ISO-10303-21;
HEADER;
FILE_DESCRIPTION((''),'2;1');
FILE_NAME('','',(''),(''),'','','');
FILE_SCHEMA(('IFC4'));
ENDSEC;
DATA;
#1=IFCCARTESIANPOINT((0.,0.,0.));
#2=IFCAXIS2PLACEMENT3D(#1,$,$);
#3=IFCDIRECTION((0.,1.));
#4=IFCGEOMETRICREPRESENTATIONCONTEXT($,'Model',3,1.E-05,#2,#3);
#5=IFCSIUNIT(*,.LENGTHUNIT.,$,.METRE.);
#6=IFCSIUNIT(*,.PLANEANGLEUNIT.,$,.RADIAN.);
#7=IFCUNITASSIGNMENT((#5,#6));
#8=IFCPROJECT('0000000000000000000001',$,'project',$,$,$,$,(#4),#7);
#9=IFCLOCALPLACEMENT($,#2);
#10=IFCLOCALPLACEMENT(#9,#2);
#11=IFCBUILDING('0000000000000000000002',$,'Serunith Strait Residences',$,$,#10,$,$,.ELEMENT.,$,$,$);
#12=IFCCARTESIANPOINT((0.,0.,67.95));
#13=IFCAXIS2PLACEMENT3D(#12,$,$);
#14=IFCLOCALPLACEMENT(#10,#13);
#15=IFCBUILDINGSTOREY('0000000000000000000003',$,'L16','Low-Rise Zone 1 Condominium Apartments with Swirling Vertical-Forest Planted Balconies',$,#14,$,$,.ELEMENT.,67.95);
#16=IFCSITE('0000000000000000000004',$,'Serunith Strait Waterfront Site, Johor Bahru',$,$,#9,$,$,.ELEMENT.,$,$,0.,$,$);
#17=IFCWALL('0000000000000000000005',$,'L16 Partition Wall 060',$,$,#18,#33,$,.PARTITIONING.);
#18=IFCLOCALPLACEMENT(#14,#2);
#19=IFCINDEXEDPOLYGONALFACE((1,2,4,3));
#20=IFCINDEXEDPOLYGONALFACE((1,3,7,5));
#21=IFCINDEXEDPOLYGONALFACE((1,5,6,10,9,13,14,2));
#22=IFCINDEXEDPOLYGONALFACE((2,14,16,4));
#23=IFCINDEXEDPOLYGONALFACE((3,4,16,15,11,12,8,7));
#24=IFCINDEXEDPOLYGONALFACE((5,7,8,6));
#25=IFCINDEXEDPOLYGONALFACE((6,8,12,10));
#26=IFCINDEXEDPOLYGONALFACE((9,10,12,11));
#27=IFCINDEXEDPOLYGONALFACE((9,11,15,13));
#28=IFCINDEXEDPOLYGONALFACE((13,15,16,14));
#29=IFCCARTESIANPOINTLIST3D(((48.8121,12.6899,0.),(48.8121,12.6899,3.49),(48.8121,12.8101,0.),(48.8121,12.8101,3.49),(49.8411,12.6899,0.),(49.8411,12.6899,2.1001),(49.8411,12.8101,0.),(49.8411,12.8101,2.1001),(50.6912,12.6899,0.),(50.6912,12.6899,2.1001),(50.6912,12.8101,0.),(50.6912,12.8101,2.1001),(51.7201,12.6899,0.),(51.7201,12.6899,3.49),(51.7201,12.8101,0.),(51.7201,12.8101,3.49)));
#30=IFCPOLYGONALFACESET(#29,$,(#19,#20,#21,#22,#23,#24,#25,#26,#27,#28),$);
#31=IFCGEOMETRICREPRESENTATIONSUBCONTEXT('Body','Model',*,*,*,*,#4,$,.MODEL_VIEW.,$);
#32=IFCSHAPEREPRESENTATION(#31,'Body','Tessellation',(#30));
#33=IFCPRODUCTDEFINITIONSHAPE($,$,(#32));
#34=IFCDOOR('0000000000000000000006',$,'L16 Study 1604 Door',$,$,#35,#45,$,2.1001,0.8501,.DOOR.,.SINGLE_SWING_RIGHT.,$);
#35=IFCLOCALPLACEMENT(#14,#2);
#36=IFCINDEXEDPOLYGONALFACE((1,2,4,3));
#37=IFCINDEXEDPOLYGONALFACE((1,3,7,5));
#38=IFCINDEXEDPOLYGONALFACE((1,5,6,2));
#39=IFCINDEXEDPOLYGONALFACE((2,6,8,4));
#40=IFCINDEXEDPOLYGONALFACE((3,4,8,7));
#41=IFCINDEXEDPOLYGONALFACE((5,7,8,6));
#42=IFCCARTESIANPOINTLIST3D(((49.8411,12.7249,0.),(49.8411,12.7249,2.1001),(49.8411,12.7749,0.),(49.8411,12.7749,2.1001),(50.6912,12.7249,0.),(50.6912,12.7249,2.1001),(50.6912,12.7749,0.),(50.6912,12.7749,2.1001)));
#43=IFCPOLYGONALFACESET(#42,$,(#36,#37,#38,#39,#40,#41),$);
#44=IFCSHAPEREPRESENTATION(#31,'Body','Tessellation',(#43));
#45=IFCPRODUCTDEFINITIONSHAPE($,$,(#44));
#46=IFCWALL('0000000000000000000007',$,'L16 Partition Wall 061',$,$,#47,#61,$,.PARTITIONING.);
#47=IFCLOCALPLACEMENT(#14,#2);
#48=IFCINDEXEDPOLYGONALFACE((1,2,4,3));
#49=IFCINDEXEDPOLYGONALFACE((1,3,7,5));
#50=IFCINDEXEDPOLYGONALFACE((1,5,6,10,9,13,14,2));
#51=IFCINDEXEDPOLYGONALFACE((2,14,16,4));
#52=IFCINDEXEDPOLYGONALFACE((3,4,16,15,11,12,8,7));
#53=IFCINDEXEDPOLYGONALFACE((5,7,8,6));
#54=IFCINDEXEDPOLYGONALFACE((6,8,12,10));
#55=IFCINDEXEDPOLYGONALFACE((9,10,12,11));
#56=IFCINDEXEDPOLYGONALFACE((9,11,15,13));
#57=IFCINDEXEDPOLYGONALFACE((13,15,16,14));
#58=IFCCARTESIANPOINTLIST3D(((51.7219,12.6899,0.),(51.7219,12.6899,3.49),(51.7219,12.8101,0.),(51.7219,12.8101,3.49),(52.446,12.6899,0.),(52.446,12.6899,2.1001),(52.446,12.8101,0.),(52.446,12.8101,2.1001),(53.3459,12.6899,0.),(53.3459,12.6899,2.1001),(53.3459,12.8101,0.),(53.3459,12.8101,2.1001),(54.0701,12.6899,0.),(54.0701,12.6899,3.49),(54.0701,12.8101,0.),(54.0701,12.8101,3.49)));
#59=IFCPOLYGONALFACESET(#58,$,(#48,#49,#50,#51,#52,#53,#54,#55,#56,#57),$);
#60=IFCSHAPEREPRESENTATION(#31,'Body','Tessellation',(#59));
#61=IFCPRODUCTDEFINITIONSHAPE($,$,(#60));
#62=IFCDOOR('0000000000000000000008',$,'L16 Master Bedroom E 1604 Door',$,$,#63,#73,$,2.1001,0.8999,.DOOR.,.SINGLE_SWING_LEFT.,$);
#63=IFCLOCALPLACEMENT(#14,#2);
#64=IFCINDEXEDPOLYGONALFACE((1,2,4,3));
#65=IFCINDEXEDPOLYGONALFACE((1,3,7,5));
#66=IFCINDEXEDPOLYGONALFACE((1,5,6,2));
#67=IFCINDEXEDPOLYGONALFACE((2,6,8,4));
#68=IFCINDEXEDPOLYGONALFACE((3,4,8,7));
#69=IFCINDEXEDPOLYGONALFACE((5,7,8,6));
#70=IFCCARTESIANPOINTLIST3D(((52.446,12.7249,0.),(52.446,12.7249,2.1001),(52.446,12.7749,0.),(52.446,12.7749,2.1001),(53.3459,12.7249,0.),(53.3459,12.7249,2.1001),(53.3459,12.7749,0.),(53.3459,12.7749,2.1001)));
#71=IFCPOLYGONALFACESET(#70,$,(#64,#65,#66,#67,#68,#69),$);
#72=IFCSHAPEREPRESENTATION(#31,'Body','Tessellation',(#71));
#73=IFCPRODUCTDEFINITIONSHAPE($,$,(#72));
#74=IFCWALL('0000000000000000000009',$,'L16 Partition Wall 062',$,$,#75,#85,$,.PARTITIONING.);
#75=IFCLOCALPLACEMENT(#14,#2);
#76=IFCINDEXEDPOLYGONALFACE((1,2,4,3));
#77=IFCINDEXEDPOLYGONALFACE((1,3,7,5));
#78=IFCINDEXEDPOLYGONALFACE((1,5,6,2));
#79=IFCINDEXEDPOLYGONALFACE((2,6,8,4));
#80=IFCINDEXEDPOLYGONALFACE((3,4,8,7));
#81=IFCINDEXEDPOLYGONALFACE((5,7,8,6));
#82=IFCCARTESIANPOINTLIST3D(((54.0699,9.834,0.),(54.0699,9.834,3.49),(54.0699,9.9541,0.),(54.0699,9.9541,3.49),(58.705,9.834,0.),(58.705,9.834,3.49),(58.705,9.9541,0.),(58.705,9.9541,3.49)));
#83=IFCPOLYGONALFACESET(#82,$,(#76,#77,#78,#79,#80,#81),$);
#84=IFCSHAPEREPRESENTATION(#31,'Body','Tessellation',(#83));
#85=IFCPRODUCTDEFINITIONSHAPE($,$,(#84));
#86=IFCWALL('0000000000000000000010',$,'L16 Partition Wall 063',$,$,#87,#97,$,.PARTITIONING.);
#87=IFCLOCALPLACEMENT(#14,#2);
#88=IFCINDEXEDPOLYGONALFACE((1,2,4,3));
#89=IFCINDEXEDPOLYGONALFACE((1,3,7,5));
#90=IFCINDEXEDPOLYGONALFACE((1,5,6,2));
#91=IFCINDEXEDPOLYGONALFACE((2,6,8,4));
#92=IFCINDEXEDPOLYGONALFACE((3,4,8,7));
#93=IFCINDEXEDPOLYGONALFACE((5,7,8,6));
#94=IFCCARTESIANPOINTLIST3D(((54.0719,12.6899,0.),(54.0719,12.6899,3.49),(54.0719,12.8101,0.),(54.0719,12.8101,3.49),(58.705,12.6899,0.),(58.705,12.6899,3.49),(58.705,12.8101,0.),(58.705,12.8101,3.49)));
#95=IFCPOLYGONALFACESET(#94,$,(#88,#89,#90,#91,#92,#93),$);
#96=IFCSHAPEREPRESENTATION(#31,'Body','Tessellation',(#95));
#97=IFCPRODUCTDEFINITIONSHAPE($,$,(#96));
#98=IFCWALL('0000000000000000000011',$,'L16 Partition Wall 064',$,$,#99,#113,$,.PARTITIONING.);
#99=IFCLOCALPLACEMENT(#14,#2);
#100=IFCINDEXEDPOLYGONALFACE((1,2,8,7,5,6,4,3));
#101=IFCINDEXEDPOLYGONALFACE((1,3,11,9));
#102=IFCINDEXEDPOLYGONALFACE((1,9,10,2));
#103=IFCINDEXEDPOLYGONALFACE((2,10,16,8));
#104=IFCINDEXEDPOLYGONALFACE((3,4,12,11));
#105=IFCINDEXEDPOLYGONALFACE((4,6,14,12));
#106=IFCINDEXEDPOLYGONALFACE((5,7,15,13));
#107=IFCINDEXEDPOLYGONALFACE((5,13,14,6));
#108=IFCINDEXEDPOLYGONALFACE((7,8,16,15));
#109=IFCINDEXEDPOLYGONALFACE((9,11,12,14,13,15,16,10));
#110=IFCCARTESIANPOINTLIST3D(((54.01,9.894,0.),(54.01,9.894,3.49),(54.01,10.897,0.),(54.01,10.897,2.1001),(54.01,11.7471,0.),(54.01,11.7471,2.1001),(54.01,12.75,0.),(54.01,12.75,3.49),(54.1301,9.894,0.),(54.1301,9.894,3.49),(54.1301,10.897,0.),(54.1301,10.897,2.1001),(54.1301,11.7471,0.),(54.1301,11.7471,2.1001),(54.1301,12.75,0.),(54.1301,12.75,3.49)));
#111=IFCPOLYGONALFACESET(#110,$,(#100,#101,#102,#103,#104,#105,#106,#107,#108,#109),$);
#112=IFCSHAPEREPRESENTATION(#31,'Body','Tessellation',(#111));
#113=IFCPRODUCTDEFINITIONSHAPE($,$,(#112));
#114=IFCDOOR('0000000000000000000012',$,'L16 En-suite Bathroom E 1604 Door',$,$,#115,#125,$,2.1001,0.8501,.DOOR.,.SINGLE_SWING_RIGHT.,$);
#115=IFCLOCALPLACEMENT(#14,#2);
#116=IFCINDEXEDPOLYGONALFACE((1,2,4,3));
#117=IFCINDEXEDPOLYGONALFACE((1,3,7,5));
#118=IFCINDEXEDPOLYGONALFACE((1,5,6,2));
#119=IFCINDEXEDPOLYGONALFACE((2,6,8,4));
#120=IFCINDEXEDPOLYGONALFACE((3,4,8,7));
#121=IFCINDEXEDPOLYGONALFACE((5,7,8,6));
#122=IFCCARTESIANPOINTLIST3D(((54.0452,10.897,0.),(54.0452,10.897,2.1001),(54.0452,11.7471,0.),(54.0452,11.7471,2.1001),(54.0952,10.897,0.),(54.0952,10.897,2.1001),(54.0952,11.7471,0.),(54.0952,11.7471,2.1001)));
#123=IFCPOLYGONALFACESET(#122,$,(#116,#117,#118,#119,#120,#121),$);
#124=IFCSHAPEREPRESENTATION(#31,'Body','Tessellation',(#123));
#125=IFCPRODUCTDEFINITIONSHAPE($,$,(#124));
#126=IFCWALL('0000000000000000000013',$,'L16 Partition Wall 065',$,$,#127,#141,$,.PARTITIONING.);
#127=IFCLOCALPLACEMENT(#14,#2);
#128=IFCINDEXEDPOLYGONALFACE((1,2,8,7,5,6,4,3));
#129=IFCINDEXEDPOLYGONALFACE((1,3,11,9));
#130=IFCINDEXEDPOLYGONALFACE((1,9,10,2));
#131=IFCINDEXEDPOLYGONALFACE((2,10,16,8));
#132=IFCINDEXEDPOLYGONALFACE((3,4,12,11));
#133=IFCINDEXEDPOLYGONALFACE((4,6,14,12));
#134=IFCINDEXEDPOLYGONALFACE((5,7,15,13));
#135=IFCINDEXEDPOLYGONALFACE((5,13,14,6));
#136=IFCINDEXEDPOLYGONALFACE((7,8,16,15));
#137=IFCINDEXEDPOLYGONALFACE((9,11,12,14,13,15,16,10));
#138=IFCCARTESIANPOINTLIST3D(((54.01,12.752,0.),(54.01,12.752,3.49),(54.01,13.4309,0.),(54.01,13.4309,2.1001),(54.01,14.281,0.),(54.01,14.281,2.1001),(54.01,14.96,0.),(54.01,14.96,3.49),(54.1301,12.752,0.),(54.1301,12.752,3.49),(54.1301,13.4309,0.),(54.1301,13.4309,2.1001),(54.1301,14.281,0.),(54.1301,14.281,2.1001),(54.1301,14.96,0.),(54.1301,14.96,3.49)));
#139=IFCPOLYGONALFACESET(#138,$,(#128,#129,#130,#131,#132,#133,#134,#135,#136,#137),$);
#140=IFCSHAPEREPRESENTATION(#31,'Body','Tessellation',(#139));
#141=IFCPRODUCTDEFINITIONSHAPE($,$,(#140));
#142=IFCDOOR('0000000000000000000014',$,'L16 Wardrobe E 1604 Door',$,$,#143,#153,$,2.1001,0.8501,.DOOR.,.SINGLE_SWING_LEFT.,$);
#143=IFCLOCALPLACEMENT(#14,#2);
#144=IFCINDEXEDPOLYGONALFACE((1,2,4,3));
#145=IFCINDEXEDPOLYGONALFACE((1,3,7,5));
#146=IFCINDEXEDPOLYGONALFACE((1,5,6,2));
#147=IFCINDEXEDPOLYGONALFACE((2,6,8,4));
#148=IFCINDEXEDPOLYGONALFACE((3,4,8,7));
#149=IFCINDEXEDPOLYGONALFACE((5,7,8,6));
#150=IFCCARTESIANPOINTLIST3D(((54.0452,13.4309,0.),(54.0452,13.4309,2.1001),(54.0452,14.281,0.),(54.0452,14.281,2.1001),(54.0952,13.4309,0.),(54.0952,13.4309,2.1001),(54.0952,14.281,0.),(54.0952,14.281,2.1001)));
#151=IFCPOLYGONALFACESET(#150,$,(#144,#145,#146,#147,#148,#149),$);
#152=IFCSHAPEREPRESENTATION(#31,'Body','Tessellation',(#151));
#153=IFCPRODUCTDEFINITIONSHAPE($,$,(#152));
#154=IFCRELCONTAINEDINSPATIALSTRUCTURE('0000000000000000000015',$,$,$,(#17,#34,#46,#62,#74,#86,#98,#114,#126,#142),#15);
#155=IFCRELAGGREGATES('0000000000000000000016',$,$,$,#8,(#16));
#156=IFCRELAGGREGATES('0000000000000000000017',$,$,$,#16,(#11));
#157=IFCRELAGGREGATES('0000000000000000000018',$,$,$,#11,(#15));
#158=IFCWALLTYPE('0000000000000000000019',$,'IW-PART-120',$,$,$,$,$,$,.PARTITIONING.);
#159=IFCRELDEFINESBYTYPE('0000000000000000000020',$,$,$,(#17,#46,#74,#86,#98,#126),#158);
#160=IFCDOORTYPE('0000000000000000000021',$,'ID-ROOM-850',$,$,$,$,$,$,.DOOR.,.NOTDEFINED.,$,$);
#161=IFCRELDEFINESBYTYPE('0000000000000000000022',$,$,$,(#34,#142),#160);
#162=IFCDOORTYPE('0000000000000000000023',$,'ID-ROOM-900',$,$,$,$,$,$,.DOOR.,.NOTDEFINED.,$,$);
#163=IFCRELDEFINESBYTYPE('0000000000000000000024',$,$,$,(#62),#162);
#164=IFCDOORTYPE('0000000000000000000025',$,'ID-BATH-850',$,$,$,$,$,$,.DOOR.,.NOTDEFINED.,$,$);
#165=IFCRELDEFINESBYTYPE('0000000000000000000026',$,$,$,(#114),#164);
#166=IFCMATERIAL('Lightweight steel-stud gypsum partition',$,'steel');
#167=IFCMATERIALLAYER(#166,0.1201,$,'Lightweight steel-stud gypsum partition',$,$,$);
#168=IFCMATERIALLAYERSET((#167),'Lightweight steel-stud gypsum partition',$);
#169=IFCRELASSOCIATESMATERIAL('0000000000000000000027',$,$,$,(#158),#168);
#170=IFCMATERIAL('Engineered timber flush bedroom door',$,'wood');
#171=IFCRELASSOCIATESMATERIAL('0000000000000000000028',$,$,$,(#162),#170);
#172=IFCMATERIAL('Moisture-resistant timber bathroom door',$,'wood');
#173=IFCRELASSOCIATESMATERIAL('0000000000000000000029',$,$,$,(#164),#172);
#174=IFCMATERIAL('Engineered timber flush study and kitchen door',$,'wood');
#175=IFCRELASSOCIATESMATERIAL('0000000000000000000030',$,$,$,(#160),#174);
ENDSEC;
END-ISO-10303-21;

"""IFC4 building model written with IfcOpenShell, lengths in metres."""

from ifc_helpers import new_model, si_unit, direction, frame, frame_2d, origin, place, context, subcontext, project, spatial, rectangle, extrude, source, transform, mapped, material, layer, layer_set, type_object, element, fill, save


model = new_model("IFC4")

# Units and contexts
model_context = context("Model", 3, precision=1e-05, world=origin(), true_north=direction((0.0, 1.0)))
body_context = subcontext(model_context, "Body", "Model", "MODEL_VIEW")
ifc_project = project(units=[si_unit("LENGTHUNIT", "METRE"), si_unit("PLANEANGLEUNIT", "RADIAN")], contexts=[model_context])

# Site, building, storey
site_placement = place(None, origin())
site = spatial("IfcSite", under=ifc_project, at=site_placement, Name="Serunith Strait Waterfront Site, Johor Bahru", CompositionType="ELEMENT", RefElevation=0.0)
building_placement = place(site_placement, origin())
building = spatial("IfcBuilding", under=site, at=building_placement, Name="Serunith Strait Residences", CompositionType="ELEMENT")
storey_placement = place(building_placement, frame((0.0, 0.0, 67.95)))
storey = spatial("IfcBuildingStorey", under=building, at=storey_placement, Name="L16", Description="Low-Rise Zone 1 Condominium Apartments with Swirling Vertical-Forest Planted Balconies", CompositionType="ELEMENT", Elevation=67.95)

# Walls, openings, doors
ifc_material_1 = material(Name="Lightweight steel-stud gypsum partition", Category="steel")
ifc_layer_1 = layer(ifc_material_1, 0.1201, Name="Lightweight steel-stud gypsum partition")
ifc_layer_set_1 = layer_set([ifc_layer_1], Name="Lightweight steel-stud gypsum partition")
wall_type = type_object("IfcWallType", Name="IW-PART-120", PredefinedType="PARTITIONING", material=ifc_layer_set_1)
ifc_material_2 = material(Name="Engineered timber flush bedroom door", Category="wood")
door_type_1 = type_object("IfcDoorType", Name="ID-ROOM-900", OperationType="NOTDEFINED", PredefinedType="DOOR", material=ifc_material_2)
shared_shape_1 = source(origin(), body_context, "Body", "SweptSolid", [
    extrude(rectangle(XDim=0.8999, YDim=2.1001, at=frame_2d((0.45, 1.05))), frame((0.0, 0.0249, 0.0), z_axis=(0.0, -1.0, 0.0), x_axis=(1.0, 0.0, 0.0)), (0.0, 0.0, 1.0), 0.05),
])
ifc_material_3 = material(Name="Moisture-resistant timber bathroom door", Category="wood")
door_type_2 = type_object("IfcDoorType", Name="ID-BATH-850", OperationType="NOTDEFINED", PredefinedType="DOOR", material=ifc_material_3)
shared_shape_2 = source(origin(), body_context, "Body", "SweptSolid", [
    extrude(rectangle(XDim=0.8501, YDim=2.1001, at=frame_2d((0.425, 1.05))), frame((0.0, 0.0249, 0.0), z_axis=(0.0, -1.0, 0.0), x_axis=(1.0, 0.0, 0.0)), (0.0, 0.0, 1.0), 0.05),
])
wall_1_placement = place(storey_placement, frame((48.812, 12.75, 0.0), z_axis=(0.0, 0.0, 1.0), x_axis=(1.0, 0.0, 0.0)))
wall_1 = element("IfcWall", 1, at=wall_1_placement, inside=storey, type_object=wall_type, Name="L16 Partition Wall 060", PredefinedType="PARTITIONING", context=body_context, shape_type="SweptSolid", body=[
    extrude(rectangle(XDim=2.908, YDim=0.1201, at=frame_2d((1.4541, 0.0))), origin(), (0.0, 0.0, 1.0), 3.49),
])
opening_1_placement = place(wall_1_placement, frame((1.0291, 0.0, 0.0)))
opening_1 = element("IfcOpeningElement", 2, at=opening_1_placement, cuts=wall_1, PredefinedType="OPENING", context=body_context, shape_type="SweptSolid", body=[
    extrude(rectangle(XDim=0.8501, YDim=2.1001, at=frame_2d((0.425, 1.05))), frame((0.0, 0.0701, 0.0), z_axis=(0.0, -1.0, 0.0), x_axis=(1.0, 0.0, 0.0)), (0.0, 0.0, 1.0), 0.1401),
])
ifc_material_4 = material(Name="Engineered timber flush study and kitchen door", Category="wood")
door_type_3 = type_object("IfcDoorType", Name="ID-ROOM-850", OperationType="NOTDEFINED", PredefinedType="DOOR", material=ifc_material_4)
door_1_placement = place(opening_1_placement, origin())
door_1 = element("IfcDoor", 3, at=door_1_placement, inside=storey, type_object=door_type_3, Name="L16 Study 1604 Door", OperationType="SINGLE_SWING_RIGHT", OverallHeight=2.1001, OverallWidth=0.8501, PredefinedType="DOOR", context=body_context, shape_type="MappedRepresentation", body=[
    mapped(shared_shape_2, transform((0.0, 0.0, 0.0), scale=1.0)),
])
fill(opening_1, door_1)
wall_2_placement = place(storey_placement, frame((51.7219, 12.75, 0.0), z_axis=(0.0, 0.0, 1.0), x_axis=(1.0, 0.0, 0.0)))
wall_2 = element("IfcWall", 4, at=wall_2_placement, inside=storey, type_object=wall_type, Name="L16 Partition Wall 061", PredefinedType="PARTITIONING", context=body_context, shape_type="SweptSolid", body=[
    extrude(rectangle(XDim=2.3481, YDim=0.1201, at=frame_2d((1.1741, 0.0))), origin(), (0.0, 0.0, 1.0), 3.49),
])
opening_2_placement = place(wall_2_placement, frame((0.7241, 0.0, 0.0)))
opening_2 = element("IfcOpeningElement", 5, at=opening_2_placement, cuts=wall_2, PredefinedType="OPENING", context=body_context, shape_type="SweptSolid", body=[
    extrude(rectangle(XDim=0.8999, YDim=2.1001, at=frame_2d((0.45, 1.05))), frame((0.0, 0.0701, 0.0), z_axis=(0.0, -1.0, 0.0), x_axis=(1.0, 0.0, 0.0)), (0.0, 0.0, 1.0), 0.1401),
])
door_2_placement = place(opening_2_placement, origin())
door_2 = element("IfcDoor", 6, at=door_2_placement, inside=storey, type_object=door_type_1, Name="L16 Master Bedroom E 1604 Door", OperationType="SINGLE_SWING_LEFT", OverallHeight=2.1001, OverallWidth=0.8999, PredefinedType="DOOR", context=body_context, shape_type="MappedRepresentation", body=[
    mapped(shared_shape_1, transform((0.0, 0.0, 0.0), scale=1.0)),
])
fill(opening_2, door_2)

# Walls
wall_3_placement = place(storey_placement, frame((54.0701, 9.894, 0.0), z_axis=(0.0, 0.0, 1.0), x_axis=(1.0, 0.0, 0.0)))
element("IfcWall", 7, at=wall_3_placement, inside=storey, type_object=wall_type, Name="L16 Partition Wall 062", PredefinedType="PARTITIONING", context=body_context, shape_type="SweptSolid", body=[
    extrude(rectangle(XDim=4.635, YDim=0.1201, at=frame_2d((2.3174, 0.0))), origin(), (0.0, 0.0, 1.0), 3.49),
])
wall_4_placement = place(storey_placement, frame((54.072, 12.75, 0.0), z_axis=(0.0, 0.0, 1.0), x_axis=(1.0, 0.0, 0.0)))
element("IfcWall", 8, at=wall_4_placement, inside=storey, type_object=wall_type, Name="L16 Partition Wall 063", PredefinedType="PARTITIONING", context=body_context, shape_type="SweptSolid", body=[
    extrude(rectangle(XDim=4.6331, YDim=0.1201, at=frame_2d((2.3164, 0.0))), origin(), (0.0, 0.0, 1.0), 3.49),
])

# Walls, openings, doors
wall_5_placement = place(storey_placement, frame((54.0701, 9.894, 0.0), z_axis=(0.0, 0.0, 1.0), x_axis=(0.0, 1.0, 0.0)))
wall_5 = element("IfcWall", 9, at=wall_5_placement, inside=storey, type_object=wall_type, Name="L16 Partition Wall 064", PredefinedType="PARTITIONING", context=body_context, shape_type="SweptSolid", body=[
    extrude(rectangle(XDim=2.856, YDim=0.1201, at=frame_2d((1.428, 0.0))), origin(), (0.0, 0.0, 1.0), 3.49),
])
opening_3_placement = place(wall_5_placement, frame((1.0029, 0.0, 0.0)))
opening_3 = element("IfcOpeningElement", 10, at=opening_3_placement, cuts=wall_5, PredefinedType="OPENING", context=body_context, shape_type="SweptSolid", body=[
    extrude(rectangle(XDim=0.8501, YDim=2.1001, at=frame_2d((0.425, 1.05))), frame((0.0, 0.0701, 0.0), z_axis=(0.0, -1.0, 0.0), x_axis=(1.0, 0.0, 0.0)), (0.0, 0.0, 1.0), 0.1401),
])
door_3_placement = place(opening_3_placement, origin())
door_3 = element("IfcDoor", 11, at=door_3_placement, inside=storey, type_object=door_type_2, Name="L16 En-suite Bathroom E 1604 Door", OperationType="SINGLE_SWING_RIGHT", OverallHeight=2.1001, OverallWidth=0.8501, PredefinedType="DOOR", context=body_context, shape_type="MappedRepresentation", body=[
    mapped(shared_shape_2, transform((0.0, 0.0, 0.0), scale=1.0)),
])
fill(opening_3, door_3)
wall_6_placement = place(storey_placement, frame((54.0701, 12.752, 0.0), z_axis=(0.0, 0.0, 1.0), x_axis=(0.0, 1.0, 0.0)))
wall_6 = element("IfcWall", 12, at=wall_6_placement, inside=storey, type_object=wall_type, Name="L16 Partition Wall 065", PredefinedType="PARTITIONING", context=body_context, shape_type="SweptSolid", body=[
    extrude(rectangle(XDim=2.208, YDim=0.1201, at=frame_2d((1.104, 0.0))), origin(), (0.0, 0.0, 1.0), 3.49),
])
opening_4_placement = place(wall_6_placement, frame((0.679, 0.0, 0.0)))
opening_4 = element("IfcOpeningElement", 13, at=opening_4_placement, cuts=wall_6, PredefinedType="OPENING", context=body_context, shape_type="SweptSolid", body=[
    extrude(rectangle(XDim=0.8501, YDim=2.1001, at=frame_2d((0.425, 1.05))), frame((0.0, 0.0701, 0.0), z_axis=(0.0, -1.0, 0.0), x_axis=(1.0, 0.0, 0.0)), (0.0, 0.0, 1.0), 0.1401),
])
door_4_placement = place(opening_4_placement, origin())
door_4 = element("IfcDoor", 14, at=door_4_placement, inside=storey, type_object=door_type_3, Name="L16 Wardrobe E 1604 Door", OperationType="SINGLE_SWING_LEFT", OverallHeight=2.1001, OverallWidth=0.8501, PredefinedType="DOOR", context=body_context, shape_type="MappedRepresentation", body=[
    mapped(shared_shape_2, transform((0.0, 0.0, 0.0), scale=1.0)),
])
fill(opening_4, door_4)

save(model, "model.ifc")
